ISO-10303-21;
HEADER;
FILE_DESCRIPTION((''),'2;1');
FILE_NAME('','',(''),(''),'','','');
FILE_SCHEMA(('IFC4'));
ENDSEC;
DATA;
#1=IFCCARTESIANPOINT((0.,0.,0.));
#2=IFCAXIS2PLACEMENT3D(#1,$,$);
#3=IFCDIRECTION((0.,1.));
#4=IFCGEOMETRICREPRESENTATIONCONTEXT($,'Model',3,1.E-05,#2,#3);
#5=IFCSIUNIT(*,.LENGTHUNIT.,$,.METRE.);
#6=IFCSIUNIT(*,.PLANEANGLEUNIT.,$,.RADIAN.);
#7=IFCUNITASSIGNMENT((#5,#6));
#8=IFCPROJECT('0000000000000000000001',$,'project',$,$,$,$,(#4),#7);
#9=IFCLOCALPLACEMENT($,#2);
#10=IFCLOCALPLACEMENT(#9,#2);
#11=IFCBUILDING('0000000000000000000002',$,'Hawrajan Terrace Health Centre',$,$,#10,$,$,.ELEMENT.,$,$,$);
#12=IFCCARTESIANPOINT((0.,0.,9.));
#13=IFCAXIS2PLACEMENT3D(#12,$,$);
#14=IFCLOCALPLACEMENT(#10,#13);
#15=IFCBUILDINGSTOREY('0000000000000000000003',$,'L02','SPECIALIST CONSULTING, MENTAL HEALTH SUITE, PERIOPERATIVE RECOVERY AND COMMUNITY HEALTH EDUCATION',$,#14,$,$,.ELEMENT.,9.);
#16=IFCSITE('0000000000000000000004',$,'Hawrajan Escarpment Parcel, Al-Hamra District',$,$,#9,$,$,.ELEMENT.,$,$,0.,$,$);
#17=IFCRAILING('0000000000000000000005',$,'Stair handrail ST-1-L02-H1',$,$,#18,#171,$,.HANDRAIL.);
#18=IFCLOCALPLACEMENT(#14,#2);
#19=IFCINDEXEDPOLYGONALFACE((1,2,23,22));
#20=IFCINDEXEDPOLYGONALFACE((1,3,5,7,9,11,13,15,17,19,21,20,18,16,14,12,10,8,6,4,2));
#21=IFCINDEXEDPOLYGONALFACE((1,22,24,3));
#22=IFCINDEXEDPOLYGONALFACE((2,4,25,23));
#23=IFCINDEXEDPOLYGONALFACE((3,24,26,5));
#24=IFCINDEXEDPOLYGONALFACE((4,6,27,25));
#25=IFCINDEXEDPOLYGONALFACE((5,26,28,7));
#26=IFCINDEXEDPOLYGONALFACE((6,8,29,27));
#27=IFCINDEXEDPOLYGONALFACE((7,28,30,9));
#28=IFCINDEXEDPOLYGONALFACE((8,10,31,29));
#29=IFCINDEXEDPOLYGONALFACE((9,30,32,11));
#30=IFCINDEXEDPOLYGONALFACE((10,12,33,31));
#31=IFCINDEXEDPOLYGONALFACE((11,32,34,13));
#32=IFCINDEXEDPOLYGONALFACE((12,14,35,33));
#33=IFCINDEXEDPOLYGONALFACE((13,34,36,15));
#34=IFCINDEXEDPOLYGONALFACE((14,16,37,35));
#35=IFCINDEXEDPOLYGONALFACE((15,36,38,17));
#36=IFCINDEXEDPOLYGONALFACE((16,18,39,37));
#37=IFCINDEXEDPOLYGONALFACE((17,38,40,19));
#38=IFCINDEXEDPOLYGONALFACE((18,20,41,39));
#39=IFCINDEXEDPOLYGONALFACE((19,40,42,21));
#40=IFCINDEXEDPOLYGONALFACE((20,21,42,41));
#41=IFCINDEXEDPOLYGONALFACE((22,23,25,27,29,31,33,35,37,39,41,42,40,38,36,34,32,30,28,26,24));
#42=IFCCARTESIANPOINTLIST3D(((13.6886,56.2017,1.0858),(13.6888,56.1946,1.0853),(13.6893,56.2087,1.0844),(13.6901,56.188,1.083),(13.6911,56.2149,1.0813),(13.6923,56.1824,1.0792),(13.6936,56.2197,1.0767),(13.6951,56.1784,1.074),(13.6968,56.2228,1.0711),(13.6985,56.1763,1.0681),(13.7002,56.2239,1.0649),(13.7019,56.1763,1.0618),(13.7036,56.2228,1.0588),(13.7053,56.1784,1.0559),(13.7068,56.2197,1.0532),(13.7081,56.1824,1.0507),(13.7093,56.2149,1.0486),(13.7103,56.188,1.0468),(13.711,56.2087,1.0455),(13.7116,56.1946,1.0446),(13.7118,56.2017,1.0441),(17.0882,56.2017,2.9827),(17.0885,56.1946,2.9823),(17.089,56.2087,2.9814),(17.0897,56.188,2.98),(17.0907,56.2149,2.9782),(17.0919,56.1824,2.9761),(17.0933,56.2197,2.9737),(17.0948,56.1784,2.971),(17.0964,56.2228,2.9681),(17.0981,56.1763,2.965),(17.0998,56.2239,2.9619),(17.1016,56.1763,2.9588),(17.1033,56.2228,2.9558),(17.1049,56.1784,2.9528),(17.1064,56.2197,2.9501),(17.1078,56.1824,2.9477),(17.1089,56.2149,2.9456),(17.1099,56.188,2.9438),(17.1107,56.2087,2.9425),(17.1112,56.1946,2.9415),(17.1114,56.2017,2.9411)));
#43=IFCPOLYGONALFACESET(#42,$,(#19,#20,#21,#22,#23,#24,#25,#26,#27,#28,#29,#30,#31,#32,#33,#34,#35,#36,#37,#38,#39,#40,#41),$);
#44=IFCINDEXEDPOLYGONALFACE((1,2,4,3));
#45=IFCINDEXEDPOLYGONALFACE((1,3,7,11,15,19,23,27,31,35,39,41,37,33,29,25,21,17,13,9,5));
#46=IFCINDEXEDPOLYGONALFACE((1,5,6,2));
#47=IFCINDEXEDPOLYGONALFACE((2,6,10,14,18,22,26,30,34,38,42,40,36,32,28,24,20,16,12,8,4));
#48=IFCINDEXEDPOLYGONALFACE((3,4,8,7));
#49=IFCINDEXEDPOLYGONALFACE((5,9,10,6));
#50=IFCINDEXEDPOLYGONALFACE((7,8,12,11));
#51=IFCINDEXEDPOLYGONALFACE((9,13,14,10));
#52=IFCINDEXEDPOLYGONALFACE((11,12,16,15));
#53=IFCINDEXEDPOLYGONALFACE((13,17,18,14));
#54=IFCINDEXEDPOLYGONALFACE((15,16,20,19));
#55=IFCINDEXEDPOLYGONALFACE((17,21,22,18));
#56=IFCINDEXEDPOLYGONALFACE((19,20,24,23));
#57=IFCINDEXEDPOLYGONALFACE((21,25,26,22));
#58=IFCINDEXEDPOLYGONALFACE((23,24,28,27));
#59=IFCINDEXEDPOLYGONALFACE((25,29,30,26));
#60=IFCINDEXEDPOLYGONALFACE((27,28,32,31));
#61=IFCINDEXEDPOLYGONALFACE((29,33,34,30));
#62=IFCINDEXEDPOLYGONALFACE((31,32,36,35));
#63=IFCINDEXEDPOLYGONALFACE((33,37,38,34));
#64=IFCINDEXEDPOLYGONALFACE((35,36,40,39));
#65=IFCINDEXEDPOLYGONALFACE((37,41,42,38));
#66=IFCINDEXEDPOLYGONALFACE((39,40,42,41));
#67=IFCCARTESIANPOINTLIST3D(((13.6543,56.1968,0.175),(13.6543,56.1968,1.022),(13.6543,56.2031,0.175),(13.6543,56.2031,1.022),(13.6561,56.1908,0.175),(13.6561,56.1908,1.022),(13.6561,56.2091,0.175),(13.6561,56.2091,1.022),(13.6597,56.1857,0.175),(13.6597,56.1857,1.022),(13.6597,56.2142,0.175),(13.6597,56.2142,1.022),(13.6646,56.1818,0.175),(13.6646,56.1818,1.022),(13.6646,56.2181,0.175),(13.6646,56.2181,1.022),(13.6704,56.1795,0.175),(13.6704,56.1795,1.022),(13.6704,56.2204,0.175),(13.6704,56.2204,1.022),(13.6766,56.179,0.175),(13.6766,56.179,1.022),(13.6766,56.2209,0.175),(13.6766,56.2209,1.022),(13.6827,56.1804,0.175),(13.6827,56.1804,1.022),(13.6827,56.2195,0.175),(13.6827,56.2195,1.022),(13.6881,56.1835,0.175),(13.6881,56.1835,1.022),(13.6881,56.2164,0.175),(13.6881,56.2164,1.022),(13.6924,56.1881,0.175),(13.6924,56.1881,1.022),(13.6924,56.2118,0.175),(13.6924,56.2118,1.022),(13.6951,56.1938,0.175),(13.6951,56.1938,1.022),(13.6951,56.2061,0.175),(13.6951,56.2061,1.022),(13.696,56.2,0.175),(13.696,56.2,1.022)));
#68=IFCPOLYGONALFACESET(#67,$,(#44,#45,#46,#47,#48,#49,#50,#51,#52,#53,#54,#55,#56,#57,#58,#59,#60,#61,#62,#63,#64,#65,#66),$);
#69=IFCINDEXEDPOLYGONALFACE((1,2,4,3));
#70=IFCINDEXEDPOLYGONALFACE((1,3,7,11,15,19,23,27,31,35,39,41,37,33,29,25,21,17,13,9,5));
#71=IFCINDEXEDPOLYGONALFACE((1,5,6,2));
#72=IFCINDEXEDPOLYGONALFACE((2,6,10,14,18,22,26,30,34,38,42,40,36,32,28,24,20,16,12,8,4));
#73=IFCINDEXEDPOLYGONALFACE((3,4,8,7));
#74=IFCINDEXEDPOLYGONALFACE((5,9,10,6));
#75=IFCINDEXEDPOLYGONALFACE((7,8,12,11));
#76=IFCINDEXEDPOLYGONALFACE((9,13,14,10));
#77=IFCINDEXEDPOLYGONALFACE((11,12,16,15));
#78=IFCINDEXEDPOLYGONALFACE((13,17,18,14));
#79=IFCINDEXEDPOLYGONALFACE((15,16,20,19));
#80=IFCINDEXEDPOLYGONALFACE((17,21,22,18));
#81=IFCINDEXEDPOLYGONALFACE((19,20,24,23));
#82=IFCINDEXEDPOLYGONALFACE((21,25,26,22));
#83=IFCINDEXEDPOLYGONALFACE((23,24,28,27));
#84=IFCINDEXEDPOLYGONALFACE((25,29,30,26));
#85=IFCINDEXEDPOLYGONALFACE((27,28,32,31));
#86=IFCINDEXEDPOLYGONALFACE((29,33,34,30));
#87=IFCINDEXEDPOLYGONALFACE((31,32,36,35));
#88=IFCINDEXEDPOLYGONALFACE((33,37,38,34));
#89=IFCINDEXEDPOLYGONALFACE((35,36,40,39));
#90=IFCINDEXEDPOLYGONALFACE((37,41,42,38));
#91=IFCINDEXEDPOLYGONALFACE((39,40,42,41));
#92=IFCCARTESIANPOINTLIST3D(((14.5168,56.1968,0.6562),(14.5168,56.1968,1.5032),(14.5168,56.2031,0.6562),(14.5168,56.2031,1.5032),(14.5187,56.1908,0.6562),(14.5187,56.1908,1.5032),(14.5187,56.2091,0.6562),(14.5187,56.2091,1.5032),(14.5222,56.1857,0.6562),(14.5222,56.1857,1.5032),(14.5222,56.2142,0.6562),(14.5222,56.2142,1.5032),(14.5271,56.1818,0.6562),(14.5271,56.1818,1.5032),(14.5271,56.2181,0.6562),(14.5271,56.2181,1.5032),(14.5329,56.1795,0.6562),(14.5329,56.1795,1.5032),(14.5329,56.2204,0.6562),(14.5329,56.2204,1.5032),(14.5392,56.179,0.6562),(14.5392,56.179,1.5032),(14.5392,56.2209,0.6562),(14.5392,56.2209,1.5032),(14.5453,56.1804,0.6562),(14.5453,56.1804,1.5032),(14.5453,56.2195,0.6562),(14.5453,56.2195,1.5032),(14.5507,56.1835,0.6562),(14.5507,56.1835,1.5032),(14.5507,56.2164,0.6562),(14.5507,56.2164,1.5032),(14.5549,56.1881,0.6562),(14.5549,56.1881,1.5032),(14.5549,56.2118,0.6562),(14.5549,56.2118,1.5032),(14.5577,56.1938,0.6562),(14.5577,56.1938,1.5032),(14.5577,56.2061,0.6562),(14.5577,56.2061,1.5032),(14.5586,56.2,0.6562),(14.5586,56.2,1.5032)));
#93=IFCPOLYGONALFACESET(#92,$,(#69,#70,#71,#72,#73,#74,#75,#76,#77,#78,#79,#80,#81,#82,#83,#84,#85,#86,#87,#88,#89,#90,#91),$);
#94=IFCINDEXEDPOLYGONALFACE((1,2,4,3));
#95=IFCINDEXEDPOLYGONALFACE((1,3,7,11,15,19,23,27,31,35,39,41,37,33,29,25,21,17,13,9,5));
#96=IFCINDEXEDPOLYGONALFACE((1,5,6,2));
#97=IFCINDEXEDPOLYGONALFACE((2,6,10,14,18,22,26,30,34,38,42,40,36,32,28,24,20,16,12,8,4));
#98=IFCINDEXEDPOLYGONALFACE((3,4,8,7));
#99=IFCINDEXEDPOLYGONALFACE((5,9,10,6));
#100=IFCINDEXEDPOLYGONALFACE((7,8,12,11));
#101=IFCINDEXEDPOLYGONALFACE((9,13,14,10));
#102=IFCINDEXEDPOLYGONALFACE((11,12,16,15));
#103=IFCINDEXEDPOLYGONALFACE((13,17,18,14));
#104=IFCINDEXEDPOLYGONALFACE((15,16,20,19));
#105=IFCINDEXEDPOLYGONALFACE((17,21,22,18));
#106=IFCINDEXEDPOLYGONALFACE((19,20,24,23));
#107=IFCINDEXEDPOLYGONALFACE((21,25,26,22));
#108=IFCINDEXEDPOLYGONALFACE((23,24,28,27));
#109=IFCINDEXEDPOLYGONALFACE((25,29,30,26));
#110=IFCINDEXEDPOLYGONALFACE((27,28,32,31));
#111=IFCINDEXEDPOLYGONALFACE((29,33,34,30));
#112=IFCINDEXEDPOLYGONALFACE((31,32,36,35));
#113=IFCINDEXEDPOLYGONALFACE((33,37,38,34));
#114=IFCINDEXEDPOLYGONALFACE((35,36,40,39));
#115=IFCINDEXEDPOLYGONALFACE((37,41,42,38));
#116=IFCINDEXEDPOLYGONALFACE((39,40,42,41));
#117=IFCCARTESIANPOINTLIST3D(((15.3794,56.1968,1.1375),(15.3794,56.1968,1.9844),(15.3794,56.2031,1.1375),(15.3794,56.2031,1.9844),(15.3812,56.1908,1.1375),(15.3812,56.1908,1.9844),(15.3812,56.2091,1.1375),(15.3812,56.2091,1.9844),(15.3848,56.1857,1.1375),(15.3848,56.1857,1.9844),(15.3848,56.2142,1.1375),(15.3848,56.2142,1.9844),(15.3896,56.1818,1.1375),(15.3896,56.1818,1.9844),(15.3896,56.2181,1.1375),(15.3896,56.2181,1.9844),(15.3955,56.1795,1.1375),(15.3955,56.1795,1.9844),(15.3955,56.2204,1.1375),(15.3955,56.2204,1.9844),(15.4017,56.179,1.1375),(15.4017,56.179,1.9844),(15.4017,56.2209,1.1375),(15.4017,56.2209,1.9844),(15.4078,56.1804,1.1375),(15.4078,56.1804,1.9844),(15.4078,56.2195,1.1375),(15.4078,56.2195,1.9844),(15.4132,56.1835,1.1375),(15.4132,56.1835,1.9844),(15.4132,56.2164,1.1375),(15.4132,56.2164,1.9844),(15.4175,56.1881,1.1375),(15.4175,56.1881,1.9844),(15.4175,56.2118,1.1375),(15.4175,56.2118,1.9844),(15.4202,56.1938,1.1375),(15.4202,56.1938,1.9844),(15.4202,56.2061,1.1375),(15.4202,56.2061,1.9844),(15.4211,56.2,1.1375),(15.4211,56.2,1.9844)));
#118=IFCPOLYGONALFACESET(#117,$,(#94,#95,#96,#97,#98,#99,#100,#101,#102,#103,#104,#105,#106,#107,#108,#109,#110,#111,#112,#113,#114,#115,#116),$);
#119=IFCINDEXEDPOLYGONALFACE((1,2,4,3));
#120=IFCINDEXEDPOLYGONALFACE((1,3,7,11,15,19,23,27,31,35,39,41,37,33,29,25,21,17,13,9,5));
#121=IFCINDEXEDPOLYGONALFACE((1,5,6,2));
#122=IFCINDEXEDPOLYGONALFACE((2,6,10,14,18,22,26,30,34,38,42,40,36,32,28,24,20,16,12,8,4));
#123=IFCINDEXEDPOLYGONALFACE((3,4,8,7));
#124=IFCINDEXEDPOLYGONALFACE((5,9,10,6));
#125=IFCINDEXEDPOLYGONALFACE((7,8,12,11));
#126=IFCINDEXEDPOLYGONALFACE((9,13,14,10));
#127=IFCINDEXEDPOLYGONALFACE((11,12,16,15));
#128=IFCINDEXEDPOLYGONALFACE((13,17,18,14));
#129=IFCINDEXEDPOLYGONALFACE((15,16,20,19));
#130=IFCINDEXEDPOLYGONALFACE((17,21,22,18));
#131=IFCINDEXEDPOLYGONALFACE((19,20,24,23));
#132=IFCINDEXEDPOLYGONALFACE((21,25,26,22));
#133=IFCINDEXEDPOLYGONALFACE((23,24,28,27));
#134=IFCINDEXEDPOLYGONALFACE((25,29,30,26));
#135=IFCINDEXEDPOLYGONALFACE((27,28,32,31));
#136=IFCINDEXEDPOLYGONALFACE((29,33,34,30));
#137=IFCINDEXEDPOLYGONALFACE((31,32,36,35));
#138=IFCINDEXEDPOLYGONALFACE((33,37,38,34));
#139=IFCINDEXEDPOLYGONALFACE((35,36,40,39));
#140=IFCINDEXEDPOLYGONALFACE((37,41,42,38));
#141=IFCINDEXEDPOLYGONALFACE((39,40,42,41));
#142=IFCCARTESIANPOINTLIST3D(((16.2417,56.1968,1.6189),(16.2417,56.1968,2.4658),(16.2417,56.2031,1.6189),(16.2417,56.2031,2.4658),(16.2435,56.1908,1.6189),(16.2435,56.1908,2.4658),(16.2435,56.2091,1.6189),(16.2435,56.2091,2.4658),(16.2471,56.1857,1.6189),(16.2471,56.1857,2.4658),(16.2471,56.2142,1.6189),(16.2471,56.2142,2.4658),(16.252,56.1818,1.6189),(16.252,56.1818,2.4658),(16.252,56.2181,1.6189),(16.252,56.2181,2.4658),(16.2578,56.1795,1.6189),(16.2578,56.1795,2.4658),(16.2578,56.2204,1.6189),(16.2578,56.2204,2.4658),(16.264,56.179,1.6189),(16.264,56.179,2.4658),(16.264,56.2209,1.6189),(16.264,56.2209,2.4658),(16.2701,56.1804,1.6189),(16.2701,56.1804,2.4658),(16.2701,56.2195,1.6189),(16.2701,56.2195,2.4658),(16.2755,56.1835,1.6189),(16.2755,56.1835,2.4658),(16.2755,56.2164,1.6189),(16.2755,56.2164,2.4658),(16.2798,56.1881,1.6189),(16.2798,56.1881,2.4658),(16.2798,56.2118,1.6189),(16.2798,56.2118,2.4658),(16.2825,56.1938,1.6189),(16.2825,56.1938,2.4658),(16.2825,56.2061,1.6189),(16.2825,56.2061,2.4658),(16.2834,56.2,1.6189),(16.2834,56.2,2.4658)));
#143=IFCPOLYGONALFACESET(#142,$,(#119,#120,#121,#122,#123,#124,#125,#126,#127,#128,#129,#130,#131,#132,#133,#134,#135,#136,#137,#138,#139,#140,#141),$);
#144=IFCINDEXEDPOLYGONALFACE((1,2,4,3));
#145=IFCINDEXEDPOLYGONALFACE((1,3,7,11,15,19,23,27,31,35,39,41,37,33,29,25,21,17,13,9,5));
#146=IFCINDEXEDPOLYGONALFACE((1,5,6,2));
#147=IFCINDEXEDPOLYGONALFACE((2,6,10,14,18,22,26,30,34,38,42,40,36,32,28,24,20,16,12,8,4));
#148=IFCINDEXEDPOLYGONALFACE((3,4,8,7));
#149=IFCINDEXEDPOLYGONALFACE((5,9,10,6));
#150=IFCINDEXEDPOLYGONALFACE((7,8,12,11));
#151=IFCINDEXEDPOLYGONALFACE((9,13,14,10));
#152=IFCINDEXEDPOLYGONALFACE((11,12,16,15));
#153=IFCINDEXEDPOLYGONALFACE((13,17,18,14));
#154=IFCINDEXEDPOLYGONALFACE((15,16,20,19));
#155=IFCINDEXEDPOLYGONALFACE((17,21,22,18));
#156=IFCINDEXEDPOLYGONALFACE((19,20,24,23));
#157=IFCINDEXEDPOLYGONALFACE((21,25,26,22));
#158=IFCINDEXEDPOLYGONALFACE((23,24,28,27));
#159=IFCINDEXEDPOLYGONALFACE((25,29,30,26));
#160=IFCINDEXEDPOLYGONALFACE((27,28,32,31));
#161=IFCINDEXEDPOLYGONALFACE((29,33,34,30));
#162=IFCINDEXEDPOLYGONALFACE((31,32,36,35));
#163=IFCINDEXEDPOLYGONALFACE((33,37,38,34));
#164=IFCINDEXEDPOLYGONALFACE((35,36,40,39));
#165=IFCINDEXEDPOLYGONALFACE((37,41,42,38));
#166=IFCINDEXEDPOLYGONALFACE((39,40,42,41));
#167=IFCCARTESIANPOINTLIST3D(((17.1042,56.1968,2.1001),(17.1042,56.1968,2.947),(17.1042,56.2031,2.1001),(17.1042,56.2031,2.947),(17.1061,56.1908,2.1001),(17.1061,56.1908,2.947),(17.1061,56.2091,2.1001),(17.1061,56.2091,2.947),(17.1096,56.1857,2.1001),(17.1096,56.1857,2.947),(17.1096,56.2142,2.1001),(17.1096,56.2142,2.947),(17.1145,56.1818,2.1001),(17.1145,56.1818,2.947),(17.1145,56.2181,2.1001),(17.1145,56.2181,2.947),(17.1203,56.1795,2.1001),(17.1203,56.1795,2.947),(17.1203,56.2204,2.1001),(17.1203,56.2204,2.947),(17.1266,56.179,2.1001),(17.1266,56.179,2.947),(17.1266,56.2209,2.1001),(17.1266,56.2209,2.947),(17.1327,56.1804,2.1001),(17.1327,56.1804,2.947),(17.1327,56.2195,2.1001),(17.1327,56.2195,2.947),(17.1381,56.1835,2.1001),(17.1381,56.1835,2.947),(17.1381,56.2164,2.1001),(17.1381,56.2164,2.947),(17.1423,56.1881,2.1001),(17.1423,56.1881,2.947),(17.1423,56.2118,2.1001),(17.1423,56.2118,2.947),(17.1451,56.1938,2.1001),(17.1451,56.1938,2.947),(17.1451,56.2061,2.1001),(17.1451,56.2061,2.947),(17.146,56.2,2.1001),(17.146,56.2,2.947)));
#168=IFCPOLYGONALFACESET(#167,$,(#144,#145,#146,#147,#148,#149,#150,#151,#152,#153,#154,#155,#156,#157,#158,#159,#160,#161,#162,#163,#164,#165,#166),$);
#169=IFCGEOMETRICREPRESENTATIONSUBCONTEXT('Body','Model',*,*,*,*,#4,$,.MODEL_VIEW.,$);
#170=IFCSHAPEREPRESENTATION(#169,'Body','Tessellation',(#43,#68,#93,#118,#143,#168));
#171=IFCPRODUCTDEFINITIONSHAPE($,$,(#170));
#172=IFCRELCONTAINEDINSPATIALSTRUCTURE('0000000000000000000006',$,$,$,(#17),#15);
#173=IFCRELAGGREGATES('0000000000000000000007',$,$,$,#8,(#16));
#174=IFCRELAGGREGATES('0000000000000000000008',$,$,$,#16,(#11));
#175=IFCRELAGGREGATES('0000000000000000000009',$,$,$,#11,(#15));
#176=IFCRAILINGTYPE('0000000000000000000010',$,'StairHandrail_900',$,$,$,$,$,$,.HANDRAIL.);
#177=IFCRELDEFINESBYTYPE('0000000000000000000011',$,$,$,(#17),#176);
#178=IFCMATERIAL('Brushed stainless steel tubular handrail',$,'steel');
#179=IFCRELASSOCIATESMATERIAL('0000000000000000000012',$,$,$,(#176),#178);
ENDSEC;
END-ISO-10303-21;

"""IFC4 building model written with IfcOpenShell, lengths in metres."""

from ifc_helpers import new_model, si_unit, direction, frame, origin, origin_2d, place, context, subcontext, project, spatial, circle, extrude, material, type_object, element, save


model = new_model("IFC4")

# Units and contexts
model_context = context("Model", 3, precision=1e-05, world=origin(), true_north=direction((0.0, 1.0)))
body_context = subcontext(model_context, "Body", "Model", "MODEL_VIEW")
ifc_project = project(units=[si_unit("LENGTHUNIT", "METRE"), si_unit("PLANEANGLEUNIT", "RADIAN")], contexts=[model_context])

# Site, building, storey
site_placement = place(None, origin())
site = spatial("IfcSite", under=ifc_project, at=site_placement, Name="Hawrajan Escarpment Parcel, Al-Hamra District", CompositionType="ELEMENT", RefElevation=0.0)
building_placement = place(site_placement, origin())
building = spatial("IfcBuilding", under=site, at=building_placement, Name="Hawrajan Terrace Health Centre", CompositionType="ELEMENT")
storey_placement = place(building_placement, frame((0.0, 0.0, 9.0)))
storey = spatial("IfcBuildingStorey", under=building, at=storey_placement, Name="L02", Description="SPECIALIST CONSULTING, MENTAL HEALTH SUITE, PERIOPERATIVE RECOVERY AND COMMUNITY HEALTH EDUCATION", CompositionType="ELEMENT", Elevation=9.0)

# Railing
ifc_material_1 = material(Name="Brushed stainless steel tubular handrail", Category="steel")
railing_type = type_object("IfcRailingType", Name="StairHandrail_900", PredefinedType="HANDRAIL", material=ifc_material_1)
railing_placement = place(storey_placement, frame((13.675, 56.2, 0.175)))
element("IfcRailing", 1, at=railing_placement, inside=storey, type_object=railing_type, Name="Stair handrail ST-1-L02-H1", PredefinedType="HANDRAIL", context=body_context, shape_type="SweptSolid", body=[
    extrude(circle(Radius=0.0239, at=origin_2d()), frame((0.0251, 0.0, 0.8899), z_axis=(0.873252, 0.0, 0.487269), x_axis=(0.0, 1.0, 0.0)), (0.0, 0.0, 1.0), 3.8931),
    extrude(circle(Radius=0.021, at=origin_2d()), origin(), (0.0, 0.0, 1.0), 0.8469),
    extrude(circle(Radius=0.021, at=origin_2d()), frame((0.8625, 0.0, 0.4812)), (0.0, 0.0, 1.0), 0.8469),
    extrude(circle(Radius=0.021, at=origin_2d()), frame((1.7251, 0.0, 0.9624)), (0.0, 0.0, 1.0), 0.8469),
    extrude(circle(Radius=0.021, at=origin_2d()), frame((2.5874, 0.0, 1.4438)), (0.0, 0.0, 1.0), 0.8469),
    extrude(circle(Radius=0.021, at=origin_2d()), frame((3.45, 0.0, 1.925)), (0.0, 0.0, 1.0), 0.8469),
])

save(model, "model.ifc")
